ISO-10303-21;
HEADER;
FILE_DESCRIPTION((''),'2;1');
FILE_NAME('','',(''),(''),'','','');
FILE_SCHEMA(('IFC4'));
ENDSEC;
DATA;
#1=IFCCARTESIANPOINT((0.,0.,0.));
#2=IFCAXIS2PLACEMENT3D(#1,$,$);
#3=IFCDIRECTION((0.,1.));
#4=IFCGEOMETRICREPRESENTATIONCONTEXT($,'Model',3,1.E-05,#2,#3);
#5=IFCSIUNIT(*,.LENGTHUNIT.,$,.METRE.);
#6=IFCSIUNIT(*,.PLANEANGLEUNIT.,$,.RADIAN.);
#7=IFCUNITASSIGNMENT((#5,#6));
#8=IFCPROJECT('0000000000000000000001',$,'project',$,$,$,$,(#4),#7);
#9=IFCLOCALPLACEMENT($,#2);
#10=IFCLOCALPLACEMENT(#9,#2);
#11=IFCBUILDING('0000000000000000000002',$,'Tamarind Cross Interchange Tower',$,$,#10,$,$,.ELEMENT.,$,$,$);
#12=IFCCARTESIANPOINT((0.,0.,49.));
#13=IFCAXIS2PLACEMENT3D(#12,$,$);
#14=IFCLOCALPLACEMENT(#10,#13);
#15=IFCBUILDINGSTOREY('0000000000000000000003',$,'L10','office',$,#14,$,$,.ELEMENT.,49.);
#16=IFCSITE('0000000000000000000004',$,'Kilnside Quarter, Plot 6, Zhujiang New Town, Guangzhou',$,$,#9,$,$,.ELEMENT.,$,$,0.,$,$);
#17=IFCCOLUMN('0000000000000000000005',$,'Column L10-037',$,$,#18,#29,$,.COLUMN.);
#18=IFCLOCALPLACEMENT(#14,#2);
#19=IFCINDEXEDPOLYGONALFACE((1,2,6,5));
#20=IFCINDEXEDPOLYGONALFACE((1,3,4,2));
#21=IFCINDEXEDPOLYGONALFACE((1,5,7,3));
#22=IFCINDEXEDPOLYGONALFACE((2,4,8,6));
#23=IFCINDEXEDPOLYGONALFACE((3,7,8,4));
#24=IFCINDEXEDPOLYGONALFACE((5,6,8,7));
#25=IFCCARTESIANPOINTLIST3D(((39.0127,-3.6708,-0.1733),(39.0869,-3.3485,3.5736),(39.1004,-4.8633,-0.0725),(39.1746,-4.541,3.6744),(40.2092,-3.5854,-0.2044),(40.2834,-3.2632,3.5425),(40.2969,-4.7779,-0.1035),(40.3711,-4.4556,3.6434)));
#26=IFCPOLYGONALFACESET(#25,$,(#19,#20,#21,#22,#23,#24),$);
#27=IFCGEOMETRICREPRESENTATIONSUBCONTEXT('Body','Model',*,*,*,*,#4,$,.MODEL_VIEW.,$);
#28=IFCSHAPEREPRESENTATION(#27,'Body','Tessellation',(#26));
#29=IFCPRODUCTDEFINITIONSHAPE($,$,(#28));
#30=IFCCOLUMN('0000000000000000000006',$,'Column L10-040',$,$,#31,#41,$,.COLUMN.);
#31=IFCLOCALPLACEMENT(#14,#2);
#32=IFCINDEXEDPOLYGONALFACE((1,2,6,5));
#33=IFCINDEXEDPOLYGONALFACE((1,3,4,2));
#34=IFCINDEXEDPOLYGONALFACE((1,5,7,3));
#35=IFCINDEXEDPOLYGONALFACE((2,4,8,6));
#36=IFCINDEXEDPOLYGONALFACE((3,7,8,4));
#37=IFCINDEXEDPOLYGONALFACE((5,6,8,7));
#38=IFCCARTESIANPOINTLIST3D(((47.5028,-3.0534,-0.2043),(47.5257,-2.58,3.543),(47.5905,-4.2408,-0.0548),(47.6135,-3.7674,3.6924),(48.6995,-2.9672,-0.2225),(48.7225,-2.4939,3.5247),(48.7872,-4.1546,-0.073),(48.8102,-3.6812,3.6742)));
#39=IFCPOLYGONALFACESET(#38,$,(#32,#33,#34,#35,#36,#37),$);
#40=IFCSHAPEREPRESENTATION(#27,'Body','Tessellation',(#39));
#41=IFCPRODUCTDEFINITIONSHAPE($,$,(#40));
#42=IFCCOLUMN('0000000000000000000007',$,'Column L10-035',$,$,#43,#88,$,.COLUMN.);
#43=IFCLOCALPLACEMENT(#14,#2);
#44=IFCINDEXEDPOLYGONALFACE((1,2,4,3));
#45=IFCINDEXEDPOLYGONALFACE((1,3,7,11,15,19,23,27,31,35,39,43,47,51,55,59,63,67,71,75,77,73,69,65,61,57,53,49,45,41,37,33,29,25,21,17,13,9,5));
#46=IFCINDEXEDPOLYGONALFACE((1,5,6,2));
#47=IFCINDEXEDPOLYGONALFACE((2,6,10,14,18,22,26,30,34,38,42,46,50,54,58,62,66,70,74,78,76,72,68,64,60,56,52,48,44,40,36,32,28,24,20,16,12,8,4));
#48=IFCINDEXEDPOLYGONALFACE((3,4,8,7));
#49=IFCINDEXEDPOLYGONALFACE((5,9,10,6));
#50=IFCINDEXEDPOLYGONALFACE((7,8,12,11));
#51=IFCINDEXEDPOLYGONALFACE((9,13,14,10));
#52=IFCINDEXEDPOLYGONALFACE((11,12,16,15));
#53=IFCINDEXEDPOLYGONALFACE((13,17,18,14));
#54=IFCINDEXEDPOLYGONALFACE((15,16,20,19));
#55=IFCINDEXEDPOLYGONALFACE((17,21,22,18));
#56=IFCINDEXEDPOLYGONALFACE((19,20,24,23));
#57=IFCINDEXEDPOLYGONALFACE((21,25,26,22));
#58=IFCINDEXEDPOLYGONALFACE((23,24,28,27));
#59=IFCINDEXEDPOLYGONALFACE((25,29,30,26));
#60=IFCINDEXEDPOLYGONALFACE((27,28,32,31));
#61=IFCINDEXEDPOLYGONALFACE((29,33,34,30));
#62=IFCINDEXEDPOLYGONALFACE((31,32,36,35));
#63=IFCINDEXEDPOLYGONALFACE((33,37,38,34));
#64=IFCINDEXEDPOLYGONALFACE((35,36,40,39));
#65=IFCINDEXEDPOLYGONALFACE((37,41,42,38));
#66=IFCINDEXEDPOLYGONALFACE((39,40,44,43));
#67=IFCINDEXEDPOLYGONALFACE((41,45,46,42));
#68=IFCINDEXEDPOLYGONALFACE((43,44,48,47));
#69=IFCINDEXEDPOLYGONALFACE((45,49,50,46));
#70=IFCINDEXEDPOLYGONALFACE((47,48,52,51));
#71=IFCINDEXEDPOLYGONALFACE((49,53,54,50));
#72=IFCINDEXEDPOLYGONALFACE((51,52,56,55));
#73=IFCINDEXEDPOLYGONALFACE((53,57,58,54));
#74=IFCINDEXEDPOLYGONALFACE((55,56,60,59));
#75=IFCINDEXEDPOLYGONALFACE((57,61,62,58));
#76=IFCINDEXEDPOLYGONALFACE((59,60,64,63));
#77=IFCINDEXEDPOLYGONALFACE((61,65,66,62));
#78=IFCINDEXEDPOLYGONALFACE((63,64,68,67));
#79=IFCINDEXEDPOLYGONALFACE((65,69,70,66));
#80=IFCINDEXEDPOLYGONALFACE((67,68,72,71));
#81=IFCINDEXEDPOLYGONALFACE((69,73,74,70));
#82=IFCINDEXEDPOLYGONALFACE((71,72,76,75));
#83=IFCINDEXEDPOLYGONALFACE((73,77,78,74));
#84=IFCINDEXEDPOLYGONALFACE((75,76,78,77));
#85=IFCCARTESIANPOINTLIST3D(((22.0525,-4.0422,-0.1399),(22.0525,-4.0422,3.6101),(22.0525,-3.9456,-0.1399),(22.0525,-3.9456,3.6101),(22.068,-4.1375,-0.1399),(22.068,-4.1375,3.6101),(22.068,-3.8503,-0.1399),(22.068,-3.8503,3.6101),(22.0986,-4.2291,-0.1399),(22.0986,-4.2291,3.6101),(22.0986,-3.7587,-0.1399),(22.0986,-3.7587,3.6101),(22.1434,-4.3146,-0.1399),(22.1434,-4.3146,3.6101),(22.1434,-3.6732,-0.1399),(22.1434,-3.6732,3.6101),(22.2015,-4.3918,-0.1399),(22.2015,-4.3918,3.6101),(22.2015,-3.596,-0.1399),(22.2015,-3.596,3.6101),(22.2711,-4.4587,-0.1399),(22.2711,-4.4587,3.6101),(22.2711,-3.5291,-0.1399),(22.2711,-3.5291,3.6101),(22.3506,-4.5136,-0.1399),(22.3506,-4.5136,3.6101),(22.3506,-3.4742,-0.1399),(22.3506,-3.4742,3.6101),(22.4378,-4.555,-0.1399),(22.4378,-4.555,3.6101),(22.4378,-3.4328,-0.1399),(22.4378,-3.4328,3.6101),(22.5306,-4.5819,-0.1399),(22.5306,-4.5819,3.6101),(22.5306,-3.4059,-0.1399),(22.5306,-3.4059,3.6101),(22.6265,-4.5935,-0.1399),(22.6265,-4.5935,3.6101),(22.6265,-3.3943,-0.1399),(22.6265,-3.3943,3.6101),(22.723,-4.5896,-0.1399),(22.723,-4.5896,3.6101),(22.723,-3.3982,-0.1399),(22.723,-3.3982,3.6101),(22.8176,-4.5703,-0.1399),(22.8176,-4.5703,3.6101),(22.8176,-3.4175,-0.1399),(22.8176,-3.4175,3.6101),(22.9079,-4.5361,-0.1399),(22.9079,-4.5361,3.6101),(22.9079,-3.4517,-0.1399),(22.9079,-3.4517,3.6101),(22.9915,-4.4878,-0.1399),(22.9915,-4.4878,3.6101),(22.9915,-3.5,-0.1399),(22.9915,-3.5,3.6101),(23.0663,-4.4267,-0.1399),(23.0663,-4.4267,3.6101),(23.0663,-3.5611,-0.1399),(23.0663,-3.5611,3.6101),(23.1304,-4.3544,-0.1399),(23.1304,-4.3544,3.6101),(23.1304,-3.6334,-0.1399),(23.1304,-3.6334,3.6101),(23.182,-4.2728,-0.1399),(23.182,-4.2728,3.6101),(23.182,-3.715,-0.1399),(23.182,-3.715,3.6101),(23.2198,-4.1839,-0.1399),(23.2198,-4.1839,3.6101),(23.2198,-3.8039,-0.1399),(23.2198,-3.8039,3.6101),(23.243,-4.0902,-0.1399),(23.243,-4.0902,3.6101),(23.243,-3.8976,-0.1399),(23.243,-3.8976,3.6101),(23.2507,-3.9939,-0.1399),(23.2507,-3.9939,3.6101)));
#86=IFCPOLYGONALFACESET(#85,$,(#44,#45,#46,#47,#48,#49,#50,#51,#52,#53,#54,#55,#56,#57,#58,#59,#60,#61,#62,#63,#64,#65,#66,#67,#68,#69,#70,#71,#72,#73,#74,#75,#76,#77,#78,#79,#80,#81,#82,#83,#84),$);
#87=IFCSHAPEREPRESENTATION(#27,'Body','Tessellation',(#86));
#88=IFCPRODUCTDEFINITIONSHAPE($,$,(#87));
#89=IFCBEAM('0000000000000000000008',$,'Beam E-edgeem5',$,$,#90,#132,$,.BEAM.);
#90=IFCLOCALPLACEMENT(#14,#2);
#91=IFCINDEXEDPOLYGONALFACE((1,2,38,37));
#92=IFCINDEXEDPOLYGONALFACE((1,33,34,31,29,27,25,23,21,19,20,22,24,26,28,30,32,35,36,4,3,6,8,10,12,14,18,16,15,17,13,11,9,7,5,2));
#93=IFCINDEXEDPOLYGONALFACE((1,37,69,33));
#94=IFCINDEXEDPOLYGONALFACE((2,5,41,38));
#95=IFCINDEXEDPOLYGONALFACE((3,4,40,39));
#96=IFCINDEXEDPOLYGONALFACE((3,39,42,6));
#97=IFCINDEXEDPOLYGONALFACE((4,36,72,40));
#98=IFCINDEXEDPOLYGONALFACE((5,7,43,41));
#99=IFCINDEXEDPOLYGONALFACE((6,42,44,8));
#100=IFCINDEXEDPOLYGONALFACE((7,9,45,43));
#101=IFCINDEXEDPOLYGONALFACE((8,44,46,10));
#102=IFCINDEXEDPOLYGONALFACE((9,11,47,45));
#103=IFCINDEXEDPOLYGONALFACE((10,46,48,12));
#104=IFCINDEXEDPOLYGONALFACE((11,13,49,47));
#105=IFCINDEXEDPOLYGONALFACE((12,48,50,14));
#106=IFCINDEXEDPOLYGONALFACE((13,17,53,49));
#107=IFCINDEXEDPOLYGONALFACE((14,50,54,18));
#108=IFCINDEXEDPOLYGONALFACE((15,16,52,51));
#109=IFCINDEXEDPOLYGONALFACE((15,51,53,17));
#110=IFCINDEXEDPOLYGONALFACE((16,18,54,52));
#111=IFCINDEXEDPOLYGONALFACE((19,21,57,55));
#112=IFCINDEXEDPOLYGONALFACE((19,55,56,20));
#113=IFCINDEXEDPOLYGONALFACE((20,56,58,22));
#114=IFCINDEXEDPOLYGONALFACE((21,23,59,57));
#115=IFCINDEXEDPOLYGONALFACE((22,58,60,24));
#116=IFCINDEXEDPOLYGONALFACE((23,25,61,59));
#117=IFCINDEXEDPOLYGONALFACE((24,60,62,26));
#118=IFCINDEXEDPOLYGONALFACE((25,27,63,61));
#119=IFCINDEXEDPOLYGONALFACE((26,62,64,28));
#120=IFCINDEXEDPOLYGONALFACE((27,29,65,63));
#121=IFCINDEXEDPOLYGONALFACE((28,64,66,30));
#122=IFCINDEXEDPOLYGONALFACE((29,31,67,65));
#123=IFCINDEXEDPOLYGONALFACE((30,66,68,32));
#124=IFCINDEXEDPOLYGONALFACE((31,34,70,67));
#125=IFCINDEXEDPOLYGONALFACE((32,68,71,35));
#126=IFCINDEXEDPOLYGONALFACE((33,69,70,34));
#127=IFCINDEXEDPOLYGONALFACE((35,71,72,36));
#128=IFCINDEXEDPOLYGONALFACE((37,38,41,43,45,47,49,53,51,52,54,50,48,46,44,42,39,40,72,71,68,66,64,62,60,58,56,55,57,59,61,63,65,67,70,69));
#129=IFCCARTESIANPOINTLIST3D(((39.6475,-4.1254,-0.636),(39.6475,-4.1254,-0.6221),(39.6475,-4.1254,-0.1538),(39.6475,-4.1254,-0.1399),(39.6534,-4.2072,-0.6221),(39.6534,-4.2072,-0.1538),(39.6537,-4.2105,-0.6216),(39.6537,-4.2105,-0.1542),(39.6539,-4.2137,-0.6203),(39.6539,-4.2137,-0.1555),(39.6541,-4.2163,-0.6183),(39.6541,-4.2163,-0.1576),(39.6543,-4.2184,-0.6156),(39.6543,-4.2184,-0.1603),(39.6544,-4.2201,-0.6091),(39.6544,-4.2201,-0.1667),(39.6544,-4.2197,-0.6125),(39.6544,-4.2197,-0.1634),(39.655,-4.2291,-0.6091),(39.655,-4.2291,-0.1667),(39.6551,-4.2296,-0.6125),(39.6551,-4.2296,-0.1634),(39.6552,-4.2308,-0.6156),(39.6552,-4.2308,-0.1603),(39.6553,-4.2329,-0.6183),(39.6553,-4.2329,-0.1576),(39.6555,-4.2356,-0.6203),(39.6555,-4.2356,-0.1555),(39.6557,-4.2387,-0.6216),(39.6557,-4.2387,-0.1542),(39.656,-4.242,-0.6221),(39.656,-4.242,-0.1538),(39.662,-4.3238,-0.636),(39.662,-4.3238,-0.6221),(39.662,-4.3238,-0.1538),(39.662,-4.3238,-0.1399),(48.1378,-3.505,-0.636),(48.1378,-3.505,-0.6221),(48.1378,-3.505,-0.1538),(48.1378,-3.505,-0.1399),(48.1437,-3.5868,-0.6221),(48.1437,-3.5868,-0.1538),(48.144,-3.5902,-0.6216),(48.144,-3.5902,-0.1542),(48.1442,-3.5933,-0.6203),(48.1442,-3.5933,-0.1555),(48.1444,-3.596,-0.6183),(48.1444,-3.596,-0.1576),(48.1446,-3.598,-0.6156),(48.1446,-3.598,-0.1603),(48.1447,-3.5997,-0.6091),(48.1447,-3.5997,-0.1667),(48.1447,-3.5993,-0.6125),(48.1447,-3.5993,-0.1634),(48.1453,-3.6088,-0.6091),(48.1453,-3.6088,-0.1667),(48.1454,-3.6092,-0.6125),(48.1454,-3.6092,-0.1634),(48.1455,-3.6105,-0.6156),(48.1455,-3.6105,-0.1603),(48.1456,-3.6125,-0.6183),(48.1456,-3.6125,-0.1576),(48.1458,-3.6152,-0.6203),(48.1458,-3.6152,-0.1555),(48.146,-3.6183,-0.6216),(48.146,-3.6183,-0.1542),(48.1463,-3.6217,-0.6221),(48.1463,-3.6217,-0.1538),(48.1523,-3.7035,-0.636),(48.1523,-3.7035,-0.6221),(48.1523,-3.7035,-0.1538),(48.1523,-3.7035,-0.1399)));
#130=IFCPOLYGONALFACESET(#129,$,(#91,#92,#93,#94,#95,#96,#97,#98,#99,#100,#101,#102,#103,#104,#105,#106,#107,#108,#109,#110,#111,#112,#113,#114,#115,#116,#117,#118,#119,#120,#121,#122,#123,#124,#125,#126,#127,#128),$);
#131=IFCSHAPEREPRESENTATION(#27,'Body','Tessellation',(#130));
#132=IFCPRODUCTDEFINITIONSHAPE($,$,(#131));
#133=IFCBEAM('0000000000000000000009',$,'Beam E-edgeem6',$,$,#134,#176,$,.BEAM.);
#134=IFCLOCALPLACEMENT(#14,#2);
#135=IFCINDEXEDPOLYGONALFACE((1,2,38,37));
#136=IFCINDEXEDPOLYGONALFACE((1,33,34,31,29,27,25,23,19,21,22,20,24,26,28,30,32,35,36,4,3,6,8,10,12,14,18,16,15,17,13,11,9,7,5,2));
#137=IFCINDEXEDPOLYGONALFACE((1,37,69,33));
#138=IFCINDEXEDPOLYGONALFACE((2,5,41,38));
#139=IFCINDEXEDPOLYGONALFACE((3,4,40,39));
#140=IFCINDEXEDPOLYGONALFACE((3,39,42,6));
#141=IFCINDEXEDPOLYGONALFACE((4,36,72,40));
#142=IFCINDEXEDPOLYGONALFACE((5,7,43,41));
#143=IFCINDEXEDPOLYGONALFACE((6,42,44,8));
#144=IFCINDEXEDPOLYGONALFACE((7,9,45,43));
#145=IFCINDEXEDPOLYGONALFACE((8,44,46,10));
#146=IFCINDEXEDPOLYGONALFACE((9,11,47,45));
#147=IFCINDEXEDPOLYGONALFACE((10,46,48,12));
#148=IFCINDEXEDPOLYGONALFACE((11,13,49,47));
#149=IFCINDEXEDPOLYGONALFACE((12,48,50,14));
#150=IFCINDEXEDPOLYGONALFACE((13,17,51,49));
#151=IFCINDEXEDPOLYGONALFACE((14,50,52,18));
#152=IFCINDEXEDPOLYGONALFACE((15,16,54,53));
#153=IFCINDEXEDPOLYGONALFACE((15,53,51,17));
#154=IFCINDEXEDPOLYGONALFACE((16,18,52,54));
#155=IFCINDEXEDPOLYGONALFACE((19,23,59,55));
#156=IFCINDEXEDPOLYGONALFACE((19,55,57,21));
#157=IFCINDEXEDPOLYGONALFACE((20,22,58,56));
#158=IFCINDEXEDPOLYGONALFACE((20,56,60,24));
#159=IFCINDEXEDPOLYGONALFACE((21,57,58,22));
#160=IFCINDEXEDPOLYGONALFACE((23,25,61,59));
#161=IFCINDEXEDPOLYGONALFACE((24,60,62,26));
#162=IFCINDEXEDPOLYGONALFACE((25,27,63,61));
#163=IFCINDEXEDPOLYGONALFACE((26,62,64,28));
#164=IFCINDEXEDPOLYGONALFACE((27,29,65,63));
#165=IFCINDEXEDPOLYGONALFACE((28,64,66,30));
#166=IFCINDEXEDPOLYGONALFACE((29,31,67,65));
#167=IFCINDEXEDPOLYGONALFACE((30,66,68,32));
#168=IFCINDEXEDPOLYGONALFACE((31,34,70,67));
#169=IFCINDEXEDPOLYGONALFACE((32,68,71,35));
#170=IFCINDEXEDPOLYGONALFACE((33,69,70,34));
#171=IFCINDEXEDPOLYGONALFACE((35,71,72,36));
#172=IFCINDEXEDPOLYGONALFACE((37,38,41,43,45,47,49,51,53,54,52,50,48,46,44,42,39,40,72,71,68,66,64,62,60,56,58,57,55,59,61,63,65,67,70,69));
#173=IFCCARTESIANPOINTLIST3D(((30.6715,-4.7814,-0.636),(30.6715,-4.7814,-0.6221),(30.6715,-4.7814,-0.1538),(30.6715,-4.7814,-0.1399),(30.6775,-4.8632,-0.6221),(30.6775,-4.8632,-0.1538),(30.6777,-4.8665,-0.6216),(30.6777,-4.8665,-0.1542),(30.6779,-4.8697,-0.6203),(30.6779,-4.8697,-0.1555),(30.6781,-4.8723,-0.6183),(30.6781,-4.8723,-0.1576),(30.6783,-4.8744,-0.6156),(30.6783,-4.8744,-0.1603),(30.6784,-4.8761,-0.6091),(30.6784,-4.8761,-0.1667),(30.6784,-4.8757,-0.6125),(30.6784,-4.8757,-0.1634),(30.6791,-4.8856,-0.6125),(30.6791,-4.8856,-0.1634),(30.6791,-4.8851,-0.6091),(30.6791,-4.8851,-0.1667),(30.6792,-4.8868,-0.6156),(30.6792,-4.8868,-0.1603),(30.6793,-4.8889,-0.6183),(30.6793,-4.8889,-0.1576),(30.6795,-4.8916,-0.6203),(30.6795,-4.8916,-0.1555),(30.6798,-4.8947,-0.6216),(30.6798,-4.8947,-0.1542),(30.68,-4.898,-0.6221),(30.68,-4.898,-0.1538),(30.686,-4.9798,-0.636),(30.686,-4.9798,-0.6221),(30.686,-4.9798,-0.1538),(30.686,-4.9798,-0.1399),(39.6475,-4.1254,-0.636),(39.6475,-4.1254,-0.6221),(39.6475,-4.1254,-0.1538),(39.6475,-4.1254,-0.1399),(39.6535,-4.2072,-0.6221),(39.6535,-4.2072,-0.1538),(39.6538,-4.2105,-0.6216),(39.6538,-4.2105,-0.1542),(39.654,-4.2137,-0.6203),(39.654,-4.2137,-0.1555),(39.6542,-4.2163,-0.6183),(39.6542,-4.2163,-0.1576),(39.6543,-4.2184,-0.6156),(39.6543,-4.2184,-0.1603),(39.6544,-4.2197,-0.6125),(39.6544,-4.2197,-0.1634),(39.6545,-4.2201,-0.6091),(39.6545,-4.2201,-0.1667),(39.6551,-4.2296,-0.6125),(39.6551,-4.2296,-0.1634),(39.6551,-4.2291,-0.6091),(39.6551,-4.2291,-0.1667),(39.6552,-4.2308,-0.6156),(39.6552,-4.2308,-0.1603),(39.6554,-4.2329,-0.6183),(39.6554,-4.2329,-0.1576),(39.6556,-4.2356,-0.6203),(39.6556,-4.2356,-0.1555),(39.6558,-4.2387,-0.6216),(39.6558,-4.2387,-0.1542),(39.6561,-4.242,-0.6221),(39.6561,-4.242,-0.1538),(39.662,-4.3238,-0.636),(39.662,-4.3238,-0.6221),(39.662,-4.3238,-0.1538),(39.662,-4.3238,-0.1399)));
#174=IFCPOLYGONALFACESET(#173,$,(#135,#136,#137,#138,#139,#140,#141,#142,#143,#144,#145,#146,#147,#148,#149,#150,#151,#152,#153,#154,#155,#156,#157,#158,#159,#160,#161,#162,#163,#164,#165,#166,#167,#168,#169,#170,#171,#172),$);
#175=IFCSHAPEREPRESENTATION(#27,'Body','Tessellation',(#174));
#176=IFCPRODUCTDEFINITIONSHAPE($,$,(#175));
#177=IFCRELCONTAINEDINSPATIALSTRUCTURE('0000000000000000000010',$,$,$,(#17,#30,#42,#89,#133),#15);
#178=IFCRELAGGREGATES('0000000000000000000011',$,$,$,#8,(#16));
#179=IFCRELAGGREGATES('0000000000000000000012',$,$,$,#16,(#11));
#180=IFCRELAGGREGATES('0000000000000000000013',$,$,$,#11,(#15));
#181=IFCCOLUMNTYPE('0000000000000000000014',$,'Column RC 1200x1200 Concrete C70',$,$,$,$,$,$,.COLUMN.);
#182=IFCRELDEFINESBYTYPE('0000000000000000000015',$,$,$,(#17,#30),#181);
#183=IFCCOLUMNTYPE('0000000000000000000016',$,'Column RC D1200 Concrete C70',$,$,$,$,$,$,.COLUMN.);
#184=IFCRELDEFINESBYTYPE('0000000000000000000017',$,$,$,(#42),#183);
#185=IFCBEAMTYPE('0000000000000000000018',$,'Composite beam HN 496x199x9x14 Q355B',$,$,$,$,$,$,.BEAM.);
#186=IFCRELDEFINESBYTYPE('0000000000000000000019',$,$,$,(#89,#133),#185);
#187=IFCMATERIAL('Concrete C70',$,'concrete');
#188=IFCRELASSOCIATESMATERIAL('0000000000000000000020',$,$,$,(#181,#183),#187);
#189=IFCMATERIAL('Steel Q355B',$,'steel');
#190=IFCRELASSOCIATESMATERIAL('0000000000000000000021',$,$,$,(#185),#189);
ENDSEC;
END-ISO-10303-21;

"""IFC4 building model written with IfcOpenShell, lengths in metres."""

from ifc_helpers import new_model, si_unit, direction, frame, origin, origin_2d, place, context, subcontext, project, spatial, rectangle, circle, i_section, extrude, material, material_profile, profile_set, type_object, element, save


model = new_model("IFC4")

# Units and contexts
model_context = context("Model", 3, precision=1e-05, world=origin(), true_north=direction((0.0, 1.0)))
body_context = subcontext(model_context, "Body", "Model", "MODEL_VIEW")
ifc_project = project(units=[si_unit("LENGTHUNIT", "METRE"), si_unit("PLANEANGLEUNIT", "RADIAN")], contexts=[model_context])

# Site, building, storey
site_placement = place(None, origin())
site = spatial("IfcSite", under=ifc_project, at=site_placement, Name="Kilnside Quarter, Plot 6, Zhujiang New Town, Guangzhou", CompositionType="ELEMENT", RefElevation=0.0)
building_placement = place(site_placement, origin())
building = spatial("IfcBuilding", under=site, at=building_placement, Name="Tamarind Cross Interchange Tower", CompositionType="ELEMENT")
storey_placement = place(building_placement, frame((0.0, 0.0, 49.0)))
storey = spatial("IfcBuildingStorey", under=building, at=storey_placement, Name="L10", Description="office", CompositionType="ELEMENT", Elevation=49.0)

# Columns
ifc_material_1 = material(Name="Concrete C70", Category="concrete")
ifc_material_profile_1 = material_profile(ifc_material_1, rectangle(XDim=1.2, YDim=1.2, at=origin_2d()), Name="RC 1200x1200")
ifc_profile_set_1 = profile_set([ifc_material_profile_1], Name="Concrete C70")
column_type_1 = type_object("IfcColumnType", Name="Column RC 1200x1200 Concrete C70", PredefinedType="COLUMN", material=ifc_profile_set_1)
column_1_placement = place(storey_placement, frame((39.6548, -4.2244, -0.1384), z_axis=(0.019732, 0.085677, 0.996128), x_axis=(-0.997129, -0.071167, 0.025873)))
element("IfcColumn", 1, at=column_1_placement, inside=storey, type_object=column_type_1, Name="Column L10-037", PredefinedType="COLUMN", context=body_context, shape_type="SweptSolid", body=[
    extrude(rectangle(XDim=1.2, YDim=1.2, at=origin_2d()), origin(), (0.0, 0.0, 1.0), 3.7615),
])
column_2_placement = place(storey_placement, frame((48.145, -3.604, -0.1387), z_axis=(0.006076, 0.125329, 0.992097), x_axis=(-0.997305, -0.071785, 0.015176)))
element("IfcColumn", 2, at=column_2_placement, inside=storey, type_object=column_type_1, Name="Column L10-040", PredefinedType="COLUMN", context=body_context, shape_type="SweptSolid", body=[
    extrude(rectangle(XDim=1.2, YDim=1.2, at=origin_2d()), origin(), (0.0, 0.0, 1.0), 3.7771),
])
ifc_material_profile_2 = material_profile(ifc_material_1, circle(Radius=0.6001, at=origin_2d()), Name="RC D1200")
ifc_profile_set_2 = profile_set([ifc_material_profile_2], Name="Concrete C70")
column_type_2 = type_object("IfcColumnType", Name="Column RC D1200 Concrete C70", PredefinedType="COLUMN", material=ifc_profile_set_2)
column_3_placement = place(storey_placement, frame((22.6506, -3.9939, -0.1399), z_axis=(0.0, 0.0, 1.0), x_axis=(1.0, 0.0, 0.0)))
element("IfcColumn", 3, at=column_3_placement, inside=storey, type_object=column_type_2, Name="Column L10-035", PredefinedType="COLUMN", context=body_context, shape_type="SweptSolid", body=[
    extrude(circle(Radius=0.6001, at=origin_2d()), origin(), (0.0, 0.0, 1.0), 3.75),
])

# Beams
ifc_material_2 = material(Name="Steel Q355B", Category="steel")
ifc_material_profile_3 = material_profile(ifc_material_2, i_section(OverallWidth=0.199, OverallDepth=0.4961, WebThickness=0.009, FlangeThickness=0.0139, FilletRadius=0.0129, at=origin_2d()), Name="HN 496x199x9x14")
ifc_profile_set_3 = profile_set([ifc_material_profile_3], Name="Steel Q355B")
beam_type_1 = type_object("IfcBeamType", Name="Composite beam HN 496x199x9x14 Q355B", PredefinedType="BEAM", material=ifc_profile_set_3)
beam_1_placement = place(storey_placement, frame((48.145, -3.6042, -0.3879), z_axis=(-0.997341, -0.072873, 0.0), x_axis=(0.072873, -0.997341, 0.0)))
element("IfcBeam", 4, at=beam_1_placement, inside=storey, type_object=beam_type_1, Name="Beam E-edgeem5", PredefinedType="BEAM", context=body_context, shape_type="SweptSolid", body=[
    extrude(i_section(OverallWidth=0.199, OverallDepth=0.4961, WebThickness=0.009, FlangeThickness=0.0139, FilletRadius=0.0129, at=origin_2d()), origin(), (0.0, 0.0, 1.0), 8.5129),
])
beam_2_placement = place(storey_placement, frame((39.6548, -4.2246, -0.3879), z_axis=(-0.99734, -0.072889, 0.0), x_axis=(0.072889, -0.99734, 0.0)))
element("IfcBeam", 5, at=beam_2_placement, inside=storey, type_object=beam_type_1, Name="Beam E-edgeem6", PredefinedType="BEAM", context=body_context, shape_type="SweptSolid", body=[
    extrude(i_section(OverallWidth=0.199, OverallDepth=0.4961, WebThickness=0.009, FlangeThickness=0.0139, FilletRadius=0.0129, at=origin_2d()), origin(), (0.0, 0.0, 1.0), 9.0),
])

save(model, "model.ifc")
